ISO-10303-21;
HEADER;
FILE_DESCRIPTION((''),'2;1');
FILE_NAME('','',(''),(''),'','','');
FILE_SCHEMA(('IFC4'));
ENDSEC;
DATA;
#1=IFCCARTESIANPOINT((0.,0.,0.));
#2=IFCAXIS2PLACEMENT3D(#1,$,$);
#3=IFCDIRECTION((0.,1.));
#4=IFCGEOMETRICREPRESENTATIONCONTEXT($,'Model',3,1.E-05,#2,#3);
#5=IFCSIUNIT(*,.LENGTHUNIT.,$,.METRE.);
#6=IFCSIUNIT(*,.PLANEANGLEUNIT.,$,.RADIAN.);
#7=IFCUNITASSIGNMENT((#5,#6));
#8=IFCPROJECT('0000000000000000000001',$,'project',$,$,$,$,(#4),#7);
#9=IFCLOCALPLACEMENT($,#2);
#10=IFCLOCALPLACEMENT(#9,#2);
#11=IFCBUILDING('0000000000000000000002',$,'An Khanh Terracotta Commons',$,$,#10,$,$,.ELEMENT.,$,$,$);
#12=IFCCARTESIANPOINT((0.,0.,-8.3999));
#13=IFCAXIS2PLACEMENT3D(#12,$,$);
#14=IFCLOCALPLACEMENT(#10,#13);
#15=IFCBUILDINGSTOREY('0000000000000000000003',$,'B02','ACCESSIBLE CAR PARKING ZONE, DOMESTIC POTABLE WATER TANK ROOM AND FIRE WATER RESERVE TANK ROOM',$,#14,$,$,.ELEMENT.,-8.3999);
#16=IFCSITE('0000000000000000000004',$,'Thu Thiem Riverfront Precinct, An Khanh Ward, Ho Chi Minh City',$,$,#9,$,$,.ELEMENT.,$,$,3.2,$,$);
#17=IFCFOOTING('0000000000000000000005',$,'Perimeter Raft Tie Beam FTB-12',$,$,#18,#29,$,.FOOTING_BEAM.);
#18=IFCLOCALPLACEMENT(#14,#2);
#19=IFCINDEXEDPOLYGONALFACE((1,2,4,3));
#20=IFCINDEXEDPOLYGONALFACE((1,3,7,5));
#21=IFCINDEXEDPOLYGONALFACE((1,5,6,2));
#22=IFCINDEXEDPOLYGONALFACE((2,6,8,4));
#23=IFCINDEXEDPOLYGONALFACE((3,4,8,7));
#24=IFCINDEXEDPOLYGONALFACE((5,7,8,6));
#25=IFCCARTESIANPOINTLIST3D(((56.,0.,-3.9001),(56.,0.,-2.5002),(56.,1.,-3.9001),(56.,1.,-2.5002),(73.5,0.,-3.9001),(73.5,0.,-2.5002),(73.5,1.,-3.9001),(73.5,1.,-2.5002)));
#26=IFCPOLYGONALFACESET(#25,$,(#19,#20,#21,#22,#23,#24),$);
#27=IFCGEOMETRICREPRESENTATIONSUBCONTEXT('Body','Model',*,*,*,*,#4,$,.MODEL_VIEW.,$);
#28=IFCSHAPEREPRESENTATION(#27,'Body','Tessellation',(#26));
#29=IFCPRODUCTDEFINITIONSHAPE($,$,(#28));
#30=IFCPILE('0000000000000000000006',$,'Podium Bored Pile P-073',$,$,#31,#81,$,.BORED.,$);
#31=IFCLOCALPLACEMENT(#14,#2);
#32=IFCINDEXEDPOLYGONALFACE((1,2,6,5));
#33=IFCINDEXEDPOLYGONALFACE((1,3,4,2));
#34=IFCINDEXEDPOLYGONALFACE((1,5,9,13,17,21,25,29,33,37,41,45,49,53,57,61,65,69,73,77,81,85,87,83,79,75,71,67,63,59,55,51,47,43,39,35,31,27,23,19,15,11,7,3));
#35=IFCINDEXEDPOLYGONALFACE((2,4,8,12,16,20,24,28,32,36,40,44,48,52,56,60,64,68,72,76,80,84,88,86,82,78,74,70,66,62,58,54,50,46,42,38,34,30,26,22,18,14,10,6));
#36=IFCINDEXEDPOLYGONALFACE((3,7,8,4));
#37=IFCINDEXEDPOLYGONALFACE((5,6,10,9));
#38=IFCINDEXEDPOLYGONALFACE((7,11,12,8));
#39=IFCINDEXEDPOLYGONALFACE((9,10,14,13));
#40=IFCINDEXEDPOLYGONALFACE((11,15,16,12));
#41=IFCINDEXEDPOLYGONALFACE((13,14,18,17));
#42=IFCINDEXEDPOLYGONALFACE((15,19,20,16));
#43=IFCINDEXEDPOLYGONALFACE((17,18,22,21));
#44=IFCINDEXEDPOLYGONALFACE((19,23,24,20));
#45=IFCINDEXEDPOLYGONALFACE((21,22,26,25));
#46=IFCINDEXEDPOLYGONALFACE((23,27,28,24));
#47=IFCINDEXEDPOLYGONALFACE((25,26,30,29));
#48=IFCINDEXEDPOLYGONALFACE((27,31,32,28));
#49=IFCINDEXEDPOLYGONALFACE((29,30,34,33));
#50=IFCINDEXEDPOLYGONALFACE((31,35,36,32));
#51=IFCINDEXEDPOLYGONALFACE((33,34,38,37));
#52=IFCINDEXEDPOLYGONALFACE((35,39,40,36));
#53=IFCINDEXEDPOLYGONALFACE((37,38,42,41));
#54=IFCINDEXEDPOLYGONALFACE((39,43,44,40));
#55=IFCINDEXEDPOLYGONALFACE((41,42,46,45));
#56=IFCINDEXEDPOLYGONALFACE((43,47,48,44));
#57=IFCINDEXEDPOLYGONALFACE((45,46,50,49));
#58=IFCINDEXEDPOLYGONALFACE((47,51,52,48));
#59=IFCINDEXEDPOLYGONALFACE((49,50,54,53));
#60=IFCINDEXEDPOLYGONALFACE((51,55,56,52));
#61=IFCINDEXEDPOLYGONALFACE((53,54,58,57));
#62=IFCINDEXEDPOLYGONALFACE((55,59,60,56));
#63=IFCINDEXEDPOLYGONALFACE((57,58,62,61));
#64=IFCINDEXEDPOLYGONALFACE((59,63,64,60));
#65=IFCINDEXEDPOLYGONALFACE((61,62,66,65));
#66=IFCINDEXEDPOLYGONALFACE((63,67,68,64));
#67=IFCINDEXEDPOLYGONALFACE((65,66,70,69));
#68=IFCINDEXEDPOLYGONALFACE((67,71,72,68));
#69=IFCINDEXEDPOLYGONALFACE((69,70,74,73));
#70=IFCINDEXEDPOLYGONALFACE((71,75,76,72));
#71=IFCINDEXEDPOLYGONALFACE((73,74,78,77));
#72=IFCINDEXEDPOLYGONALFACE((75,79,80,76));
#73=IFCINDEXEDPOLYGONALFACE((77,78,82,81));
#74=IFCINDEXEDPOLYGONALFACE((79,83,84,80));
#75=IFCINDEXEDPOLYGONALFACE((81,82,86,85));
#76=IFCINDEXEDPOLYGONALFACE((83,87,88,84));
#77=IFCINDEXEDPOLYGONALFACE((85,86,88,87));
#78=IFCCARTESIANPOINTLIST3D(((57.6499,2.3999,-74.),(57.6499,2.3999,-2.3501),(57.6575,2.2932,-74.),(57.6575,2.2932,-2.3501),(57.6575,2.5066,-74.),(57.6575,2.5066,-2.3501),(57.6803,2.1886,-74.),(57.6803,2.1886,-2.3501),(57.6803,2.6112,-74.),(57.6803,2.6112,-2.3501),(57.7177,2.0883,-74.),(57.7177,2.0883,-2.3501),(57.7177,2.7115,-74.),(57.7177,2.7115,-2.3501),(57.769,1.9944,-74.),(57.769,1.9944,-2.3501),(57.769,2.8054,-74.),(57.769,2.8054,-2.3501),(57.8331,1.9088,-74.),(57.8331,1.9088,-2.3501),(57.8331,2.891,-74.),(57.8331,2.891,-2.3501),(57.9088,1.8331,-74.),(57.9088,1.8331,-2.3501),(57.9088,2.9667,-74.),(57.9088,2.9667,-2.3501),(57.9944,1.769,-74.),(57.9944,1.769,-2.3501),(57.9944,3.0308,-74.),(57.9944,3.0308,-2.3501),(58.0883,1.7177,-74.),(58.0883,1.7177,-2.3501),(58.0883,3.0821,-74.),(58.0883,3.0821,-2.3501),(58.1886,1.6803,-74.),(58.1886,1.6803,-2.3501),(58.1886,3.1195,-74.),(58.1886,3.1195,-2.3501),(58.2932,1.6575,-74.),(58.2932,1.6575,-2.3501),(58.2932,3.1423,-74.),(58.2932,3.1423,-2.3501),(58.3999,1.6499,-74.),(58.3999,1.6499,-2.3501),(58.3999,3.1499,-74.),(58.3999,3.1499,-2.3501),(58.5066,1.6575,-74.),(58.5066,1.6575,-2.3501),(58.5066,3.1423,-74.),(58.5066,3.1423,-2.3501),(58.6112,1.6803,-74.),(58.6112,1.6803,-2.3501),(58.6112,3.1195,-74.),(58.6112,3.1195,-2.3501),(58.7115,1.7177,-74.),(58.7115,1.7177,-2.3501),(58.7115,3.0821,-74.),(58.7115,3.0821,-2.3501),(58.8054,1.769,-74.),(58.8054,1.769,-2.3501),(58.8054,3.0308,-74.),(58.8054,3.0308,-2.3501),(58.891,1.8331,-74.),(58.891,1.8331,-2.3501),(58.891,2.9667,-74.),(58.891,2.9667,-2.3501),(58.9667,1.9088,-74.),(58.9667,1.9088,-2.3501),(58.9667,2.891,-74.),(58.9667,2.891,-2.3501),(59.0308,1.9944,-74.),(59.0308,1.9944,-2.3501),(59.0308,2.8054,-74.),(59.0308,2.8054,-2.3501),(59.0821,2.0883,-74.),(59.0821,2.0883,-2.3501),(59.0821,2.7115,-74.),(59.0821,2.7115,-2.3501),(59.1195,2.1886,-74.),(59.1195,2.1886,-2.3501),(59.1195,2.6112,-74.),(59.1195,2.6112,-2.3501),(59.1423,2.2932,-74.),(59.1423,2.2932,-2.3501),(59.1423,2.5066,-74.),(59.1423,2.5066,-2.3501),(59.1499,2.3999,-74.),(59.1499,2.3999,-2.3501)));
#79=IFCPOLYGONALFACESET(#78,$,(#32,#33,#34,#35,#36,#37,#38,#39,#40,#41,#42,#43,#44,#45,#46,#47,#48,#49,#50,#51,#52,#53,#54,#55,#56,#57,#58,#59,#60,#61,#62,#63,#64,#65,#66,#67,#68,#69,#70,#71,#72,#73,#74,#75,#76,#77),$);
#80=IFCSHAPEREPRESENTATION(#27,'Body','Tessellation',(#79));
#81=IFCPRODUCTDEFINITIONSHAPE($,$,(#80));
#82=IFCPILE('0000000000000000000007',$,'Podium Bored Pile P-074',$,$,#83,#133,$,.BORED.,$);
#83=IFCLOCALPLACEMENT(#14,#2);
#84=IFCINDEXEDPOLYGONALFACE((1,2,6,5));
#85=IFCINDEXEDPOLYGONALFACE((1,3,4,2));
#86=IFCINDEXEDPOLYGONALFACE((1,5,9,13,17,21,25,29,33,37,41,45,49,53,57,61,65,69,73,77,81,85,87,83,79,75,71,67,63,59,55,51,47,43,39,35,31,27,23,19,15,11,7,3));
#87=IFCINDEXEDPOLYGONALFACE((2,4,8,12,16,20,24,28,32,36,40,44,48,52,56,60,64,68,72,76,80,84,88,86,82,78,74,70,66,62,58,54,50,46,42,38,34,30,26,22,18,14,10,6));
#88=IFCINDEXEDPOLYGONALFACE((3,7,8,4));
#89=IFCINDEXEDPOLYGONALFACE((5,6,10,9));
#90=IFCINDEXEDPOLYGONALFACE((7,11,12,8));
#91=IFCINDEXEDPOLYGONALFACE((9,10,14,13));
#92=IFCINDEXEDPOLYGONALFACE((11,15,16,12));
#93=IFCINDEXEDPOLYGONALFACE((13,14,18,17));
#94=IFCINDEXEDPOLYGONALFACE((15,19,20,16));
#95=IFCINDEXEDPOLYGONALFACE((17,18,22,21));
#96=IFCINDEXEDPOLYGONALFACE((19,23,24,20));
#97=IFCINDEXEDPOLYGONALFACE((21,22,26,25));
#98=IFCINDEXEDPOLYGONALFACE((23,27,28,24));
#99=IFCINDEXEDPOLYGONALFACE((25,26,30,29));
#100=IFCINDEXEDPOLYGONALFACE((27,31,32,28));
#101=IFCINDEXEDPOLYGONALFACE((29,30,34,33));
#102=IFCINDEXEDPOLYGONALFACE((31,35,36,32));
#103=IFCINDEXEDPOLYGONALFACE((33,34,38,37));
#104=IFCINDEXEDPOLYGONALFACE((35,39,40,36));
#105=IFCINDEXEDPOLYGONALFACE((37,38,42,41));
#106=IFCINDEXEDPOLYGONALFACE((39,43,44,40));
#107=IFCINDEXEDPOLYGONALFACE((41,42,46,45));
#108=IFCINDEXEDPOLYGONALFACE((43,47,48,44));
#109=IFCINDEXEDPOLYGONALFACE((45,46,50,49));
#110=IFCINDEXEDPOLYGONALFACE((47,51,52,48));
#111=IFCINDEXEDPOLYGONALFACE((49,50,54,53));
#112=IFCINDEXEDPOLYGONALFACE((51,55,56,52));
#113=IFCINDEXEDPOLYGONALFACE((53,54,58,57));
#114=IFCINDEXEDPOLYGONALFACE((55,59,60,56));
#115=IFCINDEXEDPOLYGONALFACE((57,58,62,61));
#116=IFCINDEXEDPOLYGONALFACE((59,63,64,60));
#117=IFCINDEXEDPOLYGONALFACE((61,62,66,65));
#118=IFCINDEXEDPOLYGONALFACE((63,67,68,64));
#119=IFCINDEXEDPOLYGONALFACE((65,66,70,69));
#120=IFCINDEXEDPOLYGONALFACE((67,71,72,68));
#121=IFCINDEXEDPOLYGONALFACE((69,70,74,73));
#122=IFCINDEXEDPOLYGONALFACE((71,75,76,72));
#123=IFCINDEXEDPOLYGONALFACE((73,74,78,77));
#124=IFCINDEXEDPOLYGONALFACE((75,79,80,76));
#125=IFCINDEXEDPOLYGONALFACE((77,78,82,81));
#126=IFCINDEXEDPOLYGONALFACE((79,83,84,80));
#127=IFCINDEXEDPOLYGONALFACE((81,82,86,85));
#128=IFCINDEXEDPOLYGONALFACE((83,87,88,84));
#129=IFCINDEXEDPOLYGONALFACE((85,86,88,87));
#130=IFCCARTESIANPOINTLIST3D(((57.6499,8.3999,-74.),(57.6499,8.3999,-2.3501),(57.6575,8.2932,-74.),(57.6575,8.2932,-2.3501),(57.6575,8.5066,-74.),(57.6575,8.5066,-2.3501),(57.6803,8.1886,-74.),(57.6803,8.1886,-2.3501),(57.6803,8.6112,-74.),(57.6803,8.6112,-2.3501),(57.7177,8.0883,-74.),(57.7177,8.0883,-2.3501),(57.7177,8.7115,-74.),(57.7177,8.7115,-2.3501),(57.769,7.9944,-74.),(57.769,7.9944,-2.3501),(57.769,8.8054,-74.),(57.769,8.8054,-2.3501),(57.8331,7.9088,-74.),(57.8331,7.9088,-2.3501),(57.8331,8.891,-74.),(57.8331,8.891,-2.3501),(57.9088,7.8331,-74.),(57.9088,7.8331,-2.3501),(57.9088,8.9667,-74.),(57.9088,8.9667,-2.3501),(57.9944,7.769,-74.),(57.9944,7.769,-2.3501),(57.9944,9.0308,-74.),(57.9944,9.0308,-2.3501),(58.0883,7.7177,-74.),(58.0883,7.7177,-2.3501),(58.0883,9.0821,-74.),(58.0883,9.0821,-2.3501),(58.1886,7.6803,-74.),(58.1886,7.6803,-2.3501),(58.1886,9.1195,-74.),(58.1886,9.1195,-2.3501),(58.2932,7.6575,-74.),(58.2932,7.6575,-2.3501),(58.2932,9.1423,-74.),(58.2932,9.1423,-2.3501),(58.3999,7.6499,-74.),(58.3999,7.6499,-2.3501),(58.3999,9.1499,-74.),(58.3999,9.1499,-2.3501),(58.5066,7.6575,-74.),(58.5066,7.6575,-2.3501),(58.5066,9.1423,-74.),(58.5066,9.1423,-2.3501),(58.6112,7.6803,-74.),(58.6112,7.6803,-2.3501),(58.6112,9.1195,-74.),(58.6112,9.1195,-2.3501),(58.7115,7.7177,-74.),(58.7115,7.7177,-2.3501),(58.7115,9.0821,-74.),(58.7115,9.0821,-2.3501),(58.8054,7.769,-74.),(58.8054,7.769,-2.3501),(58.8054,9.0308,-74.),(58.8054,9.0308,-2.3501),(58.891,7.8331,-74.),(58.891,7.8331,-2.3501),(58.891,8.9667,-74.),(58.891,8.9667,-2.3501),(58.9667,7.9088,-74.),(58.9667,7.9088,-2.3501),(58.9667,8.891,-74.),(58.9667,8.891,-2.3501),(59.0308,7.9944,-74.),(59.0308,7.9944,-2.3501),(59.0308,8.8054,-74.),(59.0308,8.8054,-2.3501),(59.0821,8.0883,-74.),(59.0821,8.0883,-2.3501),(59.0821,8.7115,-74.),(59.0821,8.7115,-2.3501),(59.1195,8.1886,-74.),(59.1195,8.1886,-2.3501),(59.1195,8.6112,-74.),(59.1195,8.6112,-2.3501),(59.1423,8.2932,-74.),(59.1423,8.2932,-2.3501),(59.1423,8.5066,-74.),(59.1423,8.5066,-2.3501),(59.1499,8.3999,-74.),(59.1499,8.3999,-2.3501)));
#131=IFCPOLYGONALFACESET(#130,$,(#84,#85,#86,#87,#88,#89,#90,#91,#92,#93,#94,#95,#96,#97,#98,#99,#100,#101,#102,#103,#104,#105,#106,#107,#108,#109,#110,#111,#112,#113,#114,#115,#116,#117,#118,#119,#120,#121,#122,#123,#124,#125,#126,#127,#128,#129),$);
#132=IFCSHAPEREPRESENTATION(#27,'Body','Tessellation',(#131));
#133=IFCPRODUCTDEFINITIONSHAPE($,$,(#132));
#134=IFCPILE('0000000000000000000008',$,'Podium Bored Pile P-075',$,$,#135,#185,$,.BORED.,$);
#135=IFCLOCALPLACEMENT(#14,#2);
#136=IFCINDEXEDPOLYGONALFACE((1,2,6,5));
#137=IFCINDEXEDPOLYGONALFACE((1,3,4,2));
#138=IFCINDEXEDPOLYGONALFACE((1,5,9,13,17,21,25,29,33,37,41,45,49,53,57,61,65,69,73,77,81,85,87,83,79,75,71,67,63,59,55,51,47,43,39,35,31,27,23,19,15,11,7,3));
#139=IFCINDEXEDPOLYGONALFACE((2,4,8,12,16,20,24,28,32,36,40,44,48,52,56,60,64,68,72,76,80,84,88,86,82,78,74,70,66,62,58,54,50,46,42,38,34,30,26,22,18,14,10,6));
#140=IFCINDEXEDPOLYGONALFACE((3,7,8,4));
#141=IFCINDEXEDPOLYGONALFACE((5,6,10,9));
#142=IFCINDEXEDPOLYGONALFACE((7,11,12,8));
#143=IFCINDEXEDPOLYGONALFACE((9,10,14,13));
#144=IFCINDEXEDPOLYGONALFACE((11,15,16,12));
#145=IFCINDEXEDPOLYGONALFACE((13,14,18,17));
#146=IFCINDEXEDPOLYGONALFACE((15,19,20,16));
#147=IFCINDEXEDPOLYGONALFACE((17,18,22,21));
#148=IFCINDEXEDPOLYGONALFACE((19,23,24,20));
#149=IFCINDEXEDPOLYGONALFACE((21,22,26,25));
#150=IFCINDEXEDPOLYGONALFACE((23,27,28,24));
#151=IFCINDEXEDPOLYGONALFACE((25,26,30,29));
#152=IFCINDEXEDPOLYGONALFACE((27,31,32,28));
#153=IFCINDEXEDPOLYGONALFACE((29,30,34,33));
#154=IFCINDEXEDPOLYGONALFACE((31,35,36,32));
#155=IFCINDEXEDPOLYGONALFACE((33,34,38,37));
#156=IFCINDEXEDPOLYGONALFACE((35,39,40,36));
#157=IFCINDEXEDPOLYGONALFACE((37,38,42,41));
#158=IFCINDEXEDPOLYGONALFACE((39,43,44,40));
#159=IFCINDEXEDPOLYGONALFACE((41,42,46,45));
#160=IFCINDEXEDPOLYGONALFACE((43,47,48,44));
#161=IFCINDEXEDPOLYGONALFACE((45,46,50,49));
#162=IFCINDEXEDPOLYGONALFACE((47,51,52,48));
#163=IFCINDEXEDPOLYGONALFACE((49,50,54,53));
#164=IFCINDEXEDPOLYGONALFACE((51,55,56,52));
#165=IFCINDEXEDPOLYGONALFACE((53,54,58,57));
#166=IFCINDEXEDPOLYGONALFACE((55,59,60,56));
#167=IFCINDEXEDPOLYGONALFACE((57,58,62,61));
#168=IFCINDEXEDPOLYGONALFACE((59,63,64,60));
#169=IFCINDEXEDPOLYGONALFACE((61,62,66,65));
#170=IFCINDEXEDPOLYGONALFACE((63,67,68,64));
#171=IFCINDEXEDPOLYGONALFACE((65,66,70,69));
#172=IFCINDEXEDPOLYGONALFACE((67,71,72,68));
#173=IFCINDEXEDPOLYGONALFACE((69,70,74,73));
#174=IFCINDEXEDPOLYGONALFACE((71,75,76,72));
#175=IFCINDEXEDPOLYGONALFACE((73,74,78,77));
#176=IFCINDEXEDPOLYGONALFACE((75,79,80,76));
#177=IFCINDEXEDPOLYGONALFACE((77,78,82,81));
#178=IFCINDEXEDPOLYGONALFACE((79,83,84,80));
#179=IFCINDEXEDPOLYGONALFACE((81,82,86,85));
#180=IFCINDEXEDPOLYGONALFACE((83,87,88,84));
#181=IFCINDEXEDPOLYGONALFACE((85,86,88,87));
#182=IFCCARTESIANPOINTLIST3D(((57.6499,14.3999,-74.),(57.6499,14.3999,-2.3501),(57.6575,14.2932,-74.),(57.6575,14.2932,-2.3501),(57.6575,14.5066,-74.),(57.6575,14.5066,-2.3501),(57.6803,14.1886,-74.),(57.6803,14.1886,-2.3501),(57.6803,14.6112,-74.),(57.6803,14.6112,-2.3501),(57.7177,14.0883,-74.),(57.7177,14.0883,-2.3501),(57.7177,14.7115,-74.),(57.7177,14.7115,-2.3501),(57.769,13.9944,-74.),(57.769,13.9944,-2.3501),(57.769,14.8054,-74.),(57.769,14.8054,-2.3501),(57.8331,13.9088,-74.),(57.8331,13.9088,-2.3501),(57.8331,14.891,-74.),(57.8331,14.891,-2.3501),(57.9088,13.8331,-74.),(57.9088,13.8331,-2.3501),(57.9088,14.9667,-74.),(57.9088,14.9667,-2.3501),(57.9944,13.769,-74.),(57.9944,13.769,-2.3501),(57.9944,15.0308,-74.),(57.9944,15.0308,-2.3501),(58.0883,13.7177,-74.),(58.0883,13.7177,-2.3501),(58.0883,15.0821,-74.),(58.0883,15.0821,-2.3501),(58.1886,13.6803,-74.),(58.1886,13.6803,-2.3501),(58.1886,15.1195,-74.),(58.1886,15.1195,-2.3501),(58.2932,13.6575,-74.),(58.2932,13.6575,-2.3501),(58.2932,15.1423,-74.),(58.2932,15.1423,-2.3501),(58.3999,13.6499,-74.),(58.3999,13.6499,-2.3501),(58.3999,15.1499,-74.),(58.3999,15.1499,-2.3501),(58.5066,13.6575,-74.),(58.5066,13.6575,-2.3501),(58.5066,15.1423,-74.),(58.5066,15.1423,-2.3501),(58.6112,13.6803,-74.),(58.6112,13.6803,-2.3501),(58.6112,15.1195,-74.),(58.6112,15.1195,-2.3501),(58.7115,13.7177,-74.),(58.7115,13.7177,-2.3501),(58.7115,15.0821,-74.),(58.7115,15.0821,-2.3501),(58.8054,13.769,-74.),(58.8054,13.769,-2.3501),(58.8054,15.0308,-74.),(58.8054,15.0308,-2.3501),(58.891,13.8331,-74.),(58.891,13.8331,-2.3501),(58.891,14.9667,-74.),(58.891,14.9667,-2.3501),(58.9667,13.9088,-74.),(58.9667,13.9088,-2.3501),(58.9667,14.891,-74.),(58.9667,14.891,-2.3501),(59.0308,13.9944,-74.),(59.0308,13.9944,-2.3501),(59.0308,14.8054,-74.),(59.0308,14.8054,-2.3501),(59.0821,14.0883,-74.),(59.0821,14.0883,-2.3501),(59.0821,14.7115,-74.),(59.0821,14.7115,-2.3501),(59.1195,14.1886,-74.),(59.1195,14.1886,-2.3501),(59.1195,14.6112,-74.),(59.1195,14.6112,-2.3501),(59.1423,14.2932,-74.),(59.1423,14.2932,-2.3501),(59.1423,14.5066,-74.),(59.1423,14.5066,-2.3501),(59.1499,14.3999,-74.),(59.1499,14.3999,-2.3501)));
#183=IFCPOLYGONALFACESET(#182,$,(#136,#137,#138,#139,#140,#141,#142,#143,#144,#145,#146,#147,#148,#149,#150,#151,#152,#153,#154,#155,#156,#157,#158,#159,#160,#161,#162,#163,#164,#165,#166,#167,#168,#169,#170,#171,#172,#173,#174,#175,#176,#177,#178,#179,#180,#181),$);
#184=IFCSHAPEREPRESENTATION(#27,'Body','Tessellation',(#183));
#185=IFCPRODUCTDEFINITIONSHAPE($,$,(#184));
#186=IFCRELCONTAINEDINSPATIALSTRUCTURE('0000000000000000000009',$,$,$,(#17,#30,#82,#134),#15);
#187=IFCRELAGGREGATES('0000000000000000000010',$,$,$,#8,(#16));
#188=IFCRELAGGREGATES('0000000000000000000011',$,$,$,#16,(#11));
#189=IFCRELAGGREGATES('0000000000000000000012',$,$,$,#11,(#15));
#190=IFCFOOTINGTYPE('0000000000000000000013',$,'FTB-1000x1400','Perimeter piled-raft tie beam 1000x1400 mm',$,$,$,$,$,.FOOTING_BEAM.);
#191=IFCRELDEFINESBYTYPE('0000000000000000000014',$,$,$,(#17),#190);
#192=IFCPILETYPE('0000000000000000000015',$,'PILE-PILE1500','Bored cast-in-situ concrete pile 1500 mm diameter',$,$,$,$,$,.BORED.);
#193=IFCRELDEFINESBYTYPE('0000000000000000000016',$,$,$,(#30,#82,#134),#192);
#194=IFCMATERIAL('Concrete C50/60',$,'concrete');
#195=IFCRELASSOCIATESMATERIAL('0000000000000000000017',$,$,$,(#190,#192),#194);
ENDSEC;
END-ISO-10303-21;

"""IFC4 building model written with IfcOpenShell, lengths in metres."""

from ifc_helpers import new_model, si_unit, direction, frame, origin, origin_2d, place, context, subcontext, project, spatial, rectangle, circle, extrude, material, material_profile, profile_set, type_object, element, save


model = new_model("IFC4")

# Units and contexts
model_context = context("Model", 3, precision=1e-05, world=origin(), true_north=direction((0.0, 1.0)))
body_context = subcontext(model_context, "Body", "Model", "MODEL_VIEW")
ifc_project = project(units=[si_unit("LENGTHUNIT", "METRE"), si_unit("PLANEANGLEUNIT", "RADIAN")], contexts=[model_context])

# Site, building, storey
site_placement = place(None, origin())
site = spatial("IfcSite", under=ifc_project, at=site_placement, Name="Thu Thiem Riverfront Precinct, An Khanh Ward, Ho Chi Minh City", CompositionType="ELEMENT", RefElevation=3.2)
building_placement = place(site_placement, origin())
building = spatial("IfcBuilding", under=site, at=building_placement, Name="An Khanh Terracotta Commons", CompositionType="ELEMENT")
storey_placement = place(building_placement, frame((0.0, 0.0, -8.3999)))
storey = spatial("IfcBuildingStorey", under=building, at=storey_placement, Name="B02", Description="ACCESSIBLE CAR PARKING ZONE, DOMESTIC POTABLE WATER TANK ROOM AND FIRE WATER RESERVE TANK ROOM", CompositionType="ELEMENT", Elevation=-8.3999)

# Footing
ifc_material_1 = material(Name="Concrete C50/60", Category="concrete")
ifc_material_profile_1 = material_profile(ifc_material_1, rectangle(XDim=1.0, YDim=1.3999, at=origin_2d()), Name="FTB1000x1400")
ifc_profile_set_1 = profile_set([ifc_material_profile_1], Name="Concrete C50/60")
footing_type = type_object("IfcFootingType", Name="FTB-1000x1400", Description="Perimeter piled-raft tie beam 1000x1400 mm", PredefinedType="FOOTING_BEAM", material=ifc_profile_set_1)
footing_placement = place(storey_placement, frame((56.0, 0.5, -3.2002), z_axis=(1.0, 0.0, 0.0), x_axis=(0.0, 1.0, 0.0)))
element("IfcFooting", 1, at=footing_placement, inside=storey, type_object=footing_type, Name="Perimeter Raft Tie Beam FTB-12", PredefinedType="FOOTING_BEAM", context=body_context, shape_type="SweptSolid", body=[
    extrude(rectangle(XDim=1.0, YDim=1.3999, at=origin_2d()), origin(), (0.0, 0.0, 1.0), 17.5),
])

# Piles
ifc_material_profile_2 = material_profile(ifc_material_1, circle(Radius=0.75, at=origin_2d()), Name="PILE1500")
ifc_profile_set_2 = profile_set([ifc_material_profile_2], Name="Concrete C50/60")
pile_type_1 = type_object("IfcPileType", Name="PILE-PILE1500", Description="Bored cast-in-situ concrete pile 1500 mm diameter", PredefinedType="BORED", material=ifc_profile_set_2)
for number, where, z_axis, x_axis, name in (
    (2, (58.3999, 2.3999, -2.3501), (0.0, 0.0, -1.0), (1.0, 0.0, 0.0), "Podium Bored Pile P-073"),
    (3, (58.3999, 8.3999, -2.3501), (0.0, 0.0, -1.0), (1.0, 0.0, 0.0), "Podium Bored Pile P-074"),
    (4, (58.3999, 14.3999, -2.3501), (0.0, 0.0, -1.0), (1.0, 0.0, 0.0), "Podium Bored Pile P-075"),
):
    element("IfcPile", number, at=place(storey_placement, frame(where, z_axis=z_axis, x_axis=x_axis)), inside=storey, type_object=pile_type_1, Name=name, PredefinedType="BORED", context=body_context, shape_type="SweptSolid", body=[
        extrude(circle(Radius=0.75, at=origin_2d()), origin(), (0.0, 0.0, 1.0), 71.6499),
    ])

save(model, "model.ifc")
